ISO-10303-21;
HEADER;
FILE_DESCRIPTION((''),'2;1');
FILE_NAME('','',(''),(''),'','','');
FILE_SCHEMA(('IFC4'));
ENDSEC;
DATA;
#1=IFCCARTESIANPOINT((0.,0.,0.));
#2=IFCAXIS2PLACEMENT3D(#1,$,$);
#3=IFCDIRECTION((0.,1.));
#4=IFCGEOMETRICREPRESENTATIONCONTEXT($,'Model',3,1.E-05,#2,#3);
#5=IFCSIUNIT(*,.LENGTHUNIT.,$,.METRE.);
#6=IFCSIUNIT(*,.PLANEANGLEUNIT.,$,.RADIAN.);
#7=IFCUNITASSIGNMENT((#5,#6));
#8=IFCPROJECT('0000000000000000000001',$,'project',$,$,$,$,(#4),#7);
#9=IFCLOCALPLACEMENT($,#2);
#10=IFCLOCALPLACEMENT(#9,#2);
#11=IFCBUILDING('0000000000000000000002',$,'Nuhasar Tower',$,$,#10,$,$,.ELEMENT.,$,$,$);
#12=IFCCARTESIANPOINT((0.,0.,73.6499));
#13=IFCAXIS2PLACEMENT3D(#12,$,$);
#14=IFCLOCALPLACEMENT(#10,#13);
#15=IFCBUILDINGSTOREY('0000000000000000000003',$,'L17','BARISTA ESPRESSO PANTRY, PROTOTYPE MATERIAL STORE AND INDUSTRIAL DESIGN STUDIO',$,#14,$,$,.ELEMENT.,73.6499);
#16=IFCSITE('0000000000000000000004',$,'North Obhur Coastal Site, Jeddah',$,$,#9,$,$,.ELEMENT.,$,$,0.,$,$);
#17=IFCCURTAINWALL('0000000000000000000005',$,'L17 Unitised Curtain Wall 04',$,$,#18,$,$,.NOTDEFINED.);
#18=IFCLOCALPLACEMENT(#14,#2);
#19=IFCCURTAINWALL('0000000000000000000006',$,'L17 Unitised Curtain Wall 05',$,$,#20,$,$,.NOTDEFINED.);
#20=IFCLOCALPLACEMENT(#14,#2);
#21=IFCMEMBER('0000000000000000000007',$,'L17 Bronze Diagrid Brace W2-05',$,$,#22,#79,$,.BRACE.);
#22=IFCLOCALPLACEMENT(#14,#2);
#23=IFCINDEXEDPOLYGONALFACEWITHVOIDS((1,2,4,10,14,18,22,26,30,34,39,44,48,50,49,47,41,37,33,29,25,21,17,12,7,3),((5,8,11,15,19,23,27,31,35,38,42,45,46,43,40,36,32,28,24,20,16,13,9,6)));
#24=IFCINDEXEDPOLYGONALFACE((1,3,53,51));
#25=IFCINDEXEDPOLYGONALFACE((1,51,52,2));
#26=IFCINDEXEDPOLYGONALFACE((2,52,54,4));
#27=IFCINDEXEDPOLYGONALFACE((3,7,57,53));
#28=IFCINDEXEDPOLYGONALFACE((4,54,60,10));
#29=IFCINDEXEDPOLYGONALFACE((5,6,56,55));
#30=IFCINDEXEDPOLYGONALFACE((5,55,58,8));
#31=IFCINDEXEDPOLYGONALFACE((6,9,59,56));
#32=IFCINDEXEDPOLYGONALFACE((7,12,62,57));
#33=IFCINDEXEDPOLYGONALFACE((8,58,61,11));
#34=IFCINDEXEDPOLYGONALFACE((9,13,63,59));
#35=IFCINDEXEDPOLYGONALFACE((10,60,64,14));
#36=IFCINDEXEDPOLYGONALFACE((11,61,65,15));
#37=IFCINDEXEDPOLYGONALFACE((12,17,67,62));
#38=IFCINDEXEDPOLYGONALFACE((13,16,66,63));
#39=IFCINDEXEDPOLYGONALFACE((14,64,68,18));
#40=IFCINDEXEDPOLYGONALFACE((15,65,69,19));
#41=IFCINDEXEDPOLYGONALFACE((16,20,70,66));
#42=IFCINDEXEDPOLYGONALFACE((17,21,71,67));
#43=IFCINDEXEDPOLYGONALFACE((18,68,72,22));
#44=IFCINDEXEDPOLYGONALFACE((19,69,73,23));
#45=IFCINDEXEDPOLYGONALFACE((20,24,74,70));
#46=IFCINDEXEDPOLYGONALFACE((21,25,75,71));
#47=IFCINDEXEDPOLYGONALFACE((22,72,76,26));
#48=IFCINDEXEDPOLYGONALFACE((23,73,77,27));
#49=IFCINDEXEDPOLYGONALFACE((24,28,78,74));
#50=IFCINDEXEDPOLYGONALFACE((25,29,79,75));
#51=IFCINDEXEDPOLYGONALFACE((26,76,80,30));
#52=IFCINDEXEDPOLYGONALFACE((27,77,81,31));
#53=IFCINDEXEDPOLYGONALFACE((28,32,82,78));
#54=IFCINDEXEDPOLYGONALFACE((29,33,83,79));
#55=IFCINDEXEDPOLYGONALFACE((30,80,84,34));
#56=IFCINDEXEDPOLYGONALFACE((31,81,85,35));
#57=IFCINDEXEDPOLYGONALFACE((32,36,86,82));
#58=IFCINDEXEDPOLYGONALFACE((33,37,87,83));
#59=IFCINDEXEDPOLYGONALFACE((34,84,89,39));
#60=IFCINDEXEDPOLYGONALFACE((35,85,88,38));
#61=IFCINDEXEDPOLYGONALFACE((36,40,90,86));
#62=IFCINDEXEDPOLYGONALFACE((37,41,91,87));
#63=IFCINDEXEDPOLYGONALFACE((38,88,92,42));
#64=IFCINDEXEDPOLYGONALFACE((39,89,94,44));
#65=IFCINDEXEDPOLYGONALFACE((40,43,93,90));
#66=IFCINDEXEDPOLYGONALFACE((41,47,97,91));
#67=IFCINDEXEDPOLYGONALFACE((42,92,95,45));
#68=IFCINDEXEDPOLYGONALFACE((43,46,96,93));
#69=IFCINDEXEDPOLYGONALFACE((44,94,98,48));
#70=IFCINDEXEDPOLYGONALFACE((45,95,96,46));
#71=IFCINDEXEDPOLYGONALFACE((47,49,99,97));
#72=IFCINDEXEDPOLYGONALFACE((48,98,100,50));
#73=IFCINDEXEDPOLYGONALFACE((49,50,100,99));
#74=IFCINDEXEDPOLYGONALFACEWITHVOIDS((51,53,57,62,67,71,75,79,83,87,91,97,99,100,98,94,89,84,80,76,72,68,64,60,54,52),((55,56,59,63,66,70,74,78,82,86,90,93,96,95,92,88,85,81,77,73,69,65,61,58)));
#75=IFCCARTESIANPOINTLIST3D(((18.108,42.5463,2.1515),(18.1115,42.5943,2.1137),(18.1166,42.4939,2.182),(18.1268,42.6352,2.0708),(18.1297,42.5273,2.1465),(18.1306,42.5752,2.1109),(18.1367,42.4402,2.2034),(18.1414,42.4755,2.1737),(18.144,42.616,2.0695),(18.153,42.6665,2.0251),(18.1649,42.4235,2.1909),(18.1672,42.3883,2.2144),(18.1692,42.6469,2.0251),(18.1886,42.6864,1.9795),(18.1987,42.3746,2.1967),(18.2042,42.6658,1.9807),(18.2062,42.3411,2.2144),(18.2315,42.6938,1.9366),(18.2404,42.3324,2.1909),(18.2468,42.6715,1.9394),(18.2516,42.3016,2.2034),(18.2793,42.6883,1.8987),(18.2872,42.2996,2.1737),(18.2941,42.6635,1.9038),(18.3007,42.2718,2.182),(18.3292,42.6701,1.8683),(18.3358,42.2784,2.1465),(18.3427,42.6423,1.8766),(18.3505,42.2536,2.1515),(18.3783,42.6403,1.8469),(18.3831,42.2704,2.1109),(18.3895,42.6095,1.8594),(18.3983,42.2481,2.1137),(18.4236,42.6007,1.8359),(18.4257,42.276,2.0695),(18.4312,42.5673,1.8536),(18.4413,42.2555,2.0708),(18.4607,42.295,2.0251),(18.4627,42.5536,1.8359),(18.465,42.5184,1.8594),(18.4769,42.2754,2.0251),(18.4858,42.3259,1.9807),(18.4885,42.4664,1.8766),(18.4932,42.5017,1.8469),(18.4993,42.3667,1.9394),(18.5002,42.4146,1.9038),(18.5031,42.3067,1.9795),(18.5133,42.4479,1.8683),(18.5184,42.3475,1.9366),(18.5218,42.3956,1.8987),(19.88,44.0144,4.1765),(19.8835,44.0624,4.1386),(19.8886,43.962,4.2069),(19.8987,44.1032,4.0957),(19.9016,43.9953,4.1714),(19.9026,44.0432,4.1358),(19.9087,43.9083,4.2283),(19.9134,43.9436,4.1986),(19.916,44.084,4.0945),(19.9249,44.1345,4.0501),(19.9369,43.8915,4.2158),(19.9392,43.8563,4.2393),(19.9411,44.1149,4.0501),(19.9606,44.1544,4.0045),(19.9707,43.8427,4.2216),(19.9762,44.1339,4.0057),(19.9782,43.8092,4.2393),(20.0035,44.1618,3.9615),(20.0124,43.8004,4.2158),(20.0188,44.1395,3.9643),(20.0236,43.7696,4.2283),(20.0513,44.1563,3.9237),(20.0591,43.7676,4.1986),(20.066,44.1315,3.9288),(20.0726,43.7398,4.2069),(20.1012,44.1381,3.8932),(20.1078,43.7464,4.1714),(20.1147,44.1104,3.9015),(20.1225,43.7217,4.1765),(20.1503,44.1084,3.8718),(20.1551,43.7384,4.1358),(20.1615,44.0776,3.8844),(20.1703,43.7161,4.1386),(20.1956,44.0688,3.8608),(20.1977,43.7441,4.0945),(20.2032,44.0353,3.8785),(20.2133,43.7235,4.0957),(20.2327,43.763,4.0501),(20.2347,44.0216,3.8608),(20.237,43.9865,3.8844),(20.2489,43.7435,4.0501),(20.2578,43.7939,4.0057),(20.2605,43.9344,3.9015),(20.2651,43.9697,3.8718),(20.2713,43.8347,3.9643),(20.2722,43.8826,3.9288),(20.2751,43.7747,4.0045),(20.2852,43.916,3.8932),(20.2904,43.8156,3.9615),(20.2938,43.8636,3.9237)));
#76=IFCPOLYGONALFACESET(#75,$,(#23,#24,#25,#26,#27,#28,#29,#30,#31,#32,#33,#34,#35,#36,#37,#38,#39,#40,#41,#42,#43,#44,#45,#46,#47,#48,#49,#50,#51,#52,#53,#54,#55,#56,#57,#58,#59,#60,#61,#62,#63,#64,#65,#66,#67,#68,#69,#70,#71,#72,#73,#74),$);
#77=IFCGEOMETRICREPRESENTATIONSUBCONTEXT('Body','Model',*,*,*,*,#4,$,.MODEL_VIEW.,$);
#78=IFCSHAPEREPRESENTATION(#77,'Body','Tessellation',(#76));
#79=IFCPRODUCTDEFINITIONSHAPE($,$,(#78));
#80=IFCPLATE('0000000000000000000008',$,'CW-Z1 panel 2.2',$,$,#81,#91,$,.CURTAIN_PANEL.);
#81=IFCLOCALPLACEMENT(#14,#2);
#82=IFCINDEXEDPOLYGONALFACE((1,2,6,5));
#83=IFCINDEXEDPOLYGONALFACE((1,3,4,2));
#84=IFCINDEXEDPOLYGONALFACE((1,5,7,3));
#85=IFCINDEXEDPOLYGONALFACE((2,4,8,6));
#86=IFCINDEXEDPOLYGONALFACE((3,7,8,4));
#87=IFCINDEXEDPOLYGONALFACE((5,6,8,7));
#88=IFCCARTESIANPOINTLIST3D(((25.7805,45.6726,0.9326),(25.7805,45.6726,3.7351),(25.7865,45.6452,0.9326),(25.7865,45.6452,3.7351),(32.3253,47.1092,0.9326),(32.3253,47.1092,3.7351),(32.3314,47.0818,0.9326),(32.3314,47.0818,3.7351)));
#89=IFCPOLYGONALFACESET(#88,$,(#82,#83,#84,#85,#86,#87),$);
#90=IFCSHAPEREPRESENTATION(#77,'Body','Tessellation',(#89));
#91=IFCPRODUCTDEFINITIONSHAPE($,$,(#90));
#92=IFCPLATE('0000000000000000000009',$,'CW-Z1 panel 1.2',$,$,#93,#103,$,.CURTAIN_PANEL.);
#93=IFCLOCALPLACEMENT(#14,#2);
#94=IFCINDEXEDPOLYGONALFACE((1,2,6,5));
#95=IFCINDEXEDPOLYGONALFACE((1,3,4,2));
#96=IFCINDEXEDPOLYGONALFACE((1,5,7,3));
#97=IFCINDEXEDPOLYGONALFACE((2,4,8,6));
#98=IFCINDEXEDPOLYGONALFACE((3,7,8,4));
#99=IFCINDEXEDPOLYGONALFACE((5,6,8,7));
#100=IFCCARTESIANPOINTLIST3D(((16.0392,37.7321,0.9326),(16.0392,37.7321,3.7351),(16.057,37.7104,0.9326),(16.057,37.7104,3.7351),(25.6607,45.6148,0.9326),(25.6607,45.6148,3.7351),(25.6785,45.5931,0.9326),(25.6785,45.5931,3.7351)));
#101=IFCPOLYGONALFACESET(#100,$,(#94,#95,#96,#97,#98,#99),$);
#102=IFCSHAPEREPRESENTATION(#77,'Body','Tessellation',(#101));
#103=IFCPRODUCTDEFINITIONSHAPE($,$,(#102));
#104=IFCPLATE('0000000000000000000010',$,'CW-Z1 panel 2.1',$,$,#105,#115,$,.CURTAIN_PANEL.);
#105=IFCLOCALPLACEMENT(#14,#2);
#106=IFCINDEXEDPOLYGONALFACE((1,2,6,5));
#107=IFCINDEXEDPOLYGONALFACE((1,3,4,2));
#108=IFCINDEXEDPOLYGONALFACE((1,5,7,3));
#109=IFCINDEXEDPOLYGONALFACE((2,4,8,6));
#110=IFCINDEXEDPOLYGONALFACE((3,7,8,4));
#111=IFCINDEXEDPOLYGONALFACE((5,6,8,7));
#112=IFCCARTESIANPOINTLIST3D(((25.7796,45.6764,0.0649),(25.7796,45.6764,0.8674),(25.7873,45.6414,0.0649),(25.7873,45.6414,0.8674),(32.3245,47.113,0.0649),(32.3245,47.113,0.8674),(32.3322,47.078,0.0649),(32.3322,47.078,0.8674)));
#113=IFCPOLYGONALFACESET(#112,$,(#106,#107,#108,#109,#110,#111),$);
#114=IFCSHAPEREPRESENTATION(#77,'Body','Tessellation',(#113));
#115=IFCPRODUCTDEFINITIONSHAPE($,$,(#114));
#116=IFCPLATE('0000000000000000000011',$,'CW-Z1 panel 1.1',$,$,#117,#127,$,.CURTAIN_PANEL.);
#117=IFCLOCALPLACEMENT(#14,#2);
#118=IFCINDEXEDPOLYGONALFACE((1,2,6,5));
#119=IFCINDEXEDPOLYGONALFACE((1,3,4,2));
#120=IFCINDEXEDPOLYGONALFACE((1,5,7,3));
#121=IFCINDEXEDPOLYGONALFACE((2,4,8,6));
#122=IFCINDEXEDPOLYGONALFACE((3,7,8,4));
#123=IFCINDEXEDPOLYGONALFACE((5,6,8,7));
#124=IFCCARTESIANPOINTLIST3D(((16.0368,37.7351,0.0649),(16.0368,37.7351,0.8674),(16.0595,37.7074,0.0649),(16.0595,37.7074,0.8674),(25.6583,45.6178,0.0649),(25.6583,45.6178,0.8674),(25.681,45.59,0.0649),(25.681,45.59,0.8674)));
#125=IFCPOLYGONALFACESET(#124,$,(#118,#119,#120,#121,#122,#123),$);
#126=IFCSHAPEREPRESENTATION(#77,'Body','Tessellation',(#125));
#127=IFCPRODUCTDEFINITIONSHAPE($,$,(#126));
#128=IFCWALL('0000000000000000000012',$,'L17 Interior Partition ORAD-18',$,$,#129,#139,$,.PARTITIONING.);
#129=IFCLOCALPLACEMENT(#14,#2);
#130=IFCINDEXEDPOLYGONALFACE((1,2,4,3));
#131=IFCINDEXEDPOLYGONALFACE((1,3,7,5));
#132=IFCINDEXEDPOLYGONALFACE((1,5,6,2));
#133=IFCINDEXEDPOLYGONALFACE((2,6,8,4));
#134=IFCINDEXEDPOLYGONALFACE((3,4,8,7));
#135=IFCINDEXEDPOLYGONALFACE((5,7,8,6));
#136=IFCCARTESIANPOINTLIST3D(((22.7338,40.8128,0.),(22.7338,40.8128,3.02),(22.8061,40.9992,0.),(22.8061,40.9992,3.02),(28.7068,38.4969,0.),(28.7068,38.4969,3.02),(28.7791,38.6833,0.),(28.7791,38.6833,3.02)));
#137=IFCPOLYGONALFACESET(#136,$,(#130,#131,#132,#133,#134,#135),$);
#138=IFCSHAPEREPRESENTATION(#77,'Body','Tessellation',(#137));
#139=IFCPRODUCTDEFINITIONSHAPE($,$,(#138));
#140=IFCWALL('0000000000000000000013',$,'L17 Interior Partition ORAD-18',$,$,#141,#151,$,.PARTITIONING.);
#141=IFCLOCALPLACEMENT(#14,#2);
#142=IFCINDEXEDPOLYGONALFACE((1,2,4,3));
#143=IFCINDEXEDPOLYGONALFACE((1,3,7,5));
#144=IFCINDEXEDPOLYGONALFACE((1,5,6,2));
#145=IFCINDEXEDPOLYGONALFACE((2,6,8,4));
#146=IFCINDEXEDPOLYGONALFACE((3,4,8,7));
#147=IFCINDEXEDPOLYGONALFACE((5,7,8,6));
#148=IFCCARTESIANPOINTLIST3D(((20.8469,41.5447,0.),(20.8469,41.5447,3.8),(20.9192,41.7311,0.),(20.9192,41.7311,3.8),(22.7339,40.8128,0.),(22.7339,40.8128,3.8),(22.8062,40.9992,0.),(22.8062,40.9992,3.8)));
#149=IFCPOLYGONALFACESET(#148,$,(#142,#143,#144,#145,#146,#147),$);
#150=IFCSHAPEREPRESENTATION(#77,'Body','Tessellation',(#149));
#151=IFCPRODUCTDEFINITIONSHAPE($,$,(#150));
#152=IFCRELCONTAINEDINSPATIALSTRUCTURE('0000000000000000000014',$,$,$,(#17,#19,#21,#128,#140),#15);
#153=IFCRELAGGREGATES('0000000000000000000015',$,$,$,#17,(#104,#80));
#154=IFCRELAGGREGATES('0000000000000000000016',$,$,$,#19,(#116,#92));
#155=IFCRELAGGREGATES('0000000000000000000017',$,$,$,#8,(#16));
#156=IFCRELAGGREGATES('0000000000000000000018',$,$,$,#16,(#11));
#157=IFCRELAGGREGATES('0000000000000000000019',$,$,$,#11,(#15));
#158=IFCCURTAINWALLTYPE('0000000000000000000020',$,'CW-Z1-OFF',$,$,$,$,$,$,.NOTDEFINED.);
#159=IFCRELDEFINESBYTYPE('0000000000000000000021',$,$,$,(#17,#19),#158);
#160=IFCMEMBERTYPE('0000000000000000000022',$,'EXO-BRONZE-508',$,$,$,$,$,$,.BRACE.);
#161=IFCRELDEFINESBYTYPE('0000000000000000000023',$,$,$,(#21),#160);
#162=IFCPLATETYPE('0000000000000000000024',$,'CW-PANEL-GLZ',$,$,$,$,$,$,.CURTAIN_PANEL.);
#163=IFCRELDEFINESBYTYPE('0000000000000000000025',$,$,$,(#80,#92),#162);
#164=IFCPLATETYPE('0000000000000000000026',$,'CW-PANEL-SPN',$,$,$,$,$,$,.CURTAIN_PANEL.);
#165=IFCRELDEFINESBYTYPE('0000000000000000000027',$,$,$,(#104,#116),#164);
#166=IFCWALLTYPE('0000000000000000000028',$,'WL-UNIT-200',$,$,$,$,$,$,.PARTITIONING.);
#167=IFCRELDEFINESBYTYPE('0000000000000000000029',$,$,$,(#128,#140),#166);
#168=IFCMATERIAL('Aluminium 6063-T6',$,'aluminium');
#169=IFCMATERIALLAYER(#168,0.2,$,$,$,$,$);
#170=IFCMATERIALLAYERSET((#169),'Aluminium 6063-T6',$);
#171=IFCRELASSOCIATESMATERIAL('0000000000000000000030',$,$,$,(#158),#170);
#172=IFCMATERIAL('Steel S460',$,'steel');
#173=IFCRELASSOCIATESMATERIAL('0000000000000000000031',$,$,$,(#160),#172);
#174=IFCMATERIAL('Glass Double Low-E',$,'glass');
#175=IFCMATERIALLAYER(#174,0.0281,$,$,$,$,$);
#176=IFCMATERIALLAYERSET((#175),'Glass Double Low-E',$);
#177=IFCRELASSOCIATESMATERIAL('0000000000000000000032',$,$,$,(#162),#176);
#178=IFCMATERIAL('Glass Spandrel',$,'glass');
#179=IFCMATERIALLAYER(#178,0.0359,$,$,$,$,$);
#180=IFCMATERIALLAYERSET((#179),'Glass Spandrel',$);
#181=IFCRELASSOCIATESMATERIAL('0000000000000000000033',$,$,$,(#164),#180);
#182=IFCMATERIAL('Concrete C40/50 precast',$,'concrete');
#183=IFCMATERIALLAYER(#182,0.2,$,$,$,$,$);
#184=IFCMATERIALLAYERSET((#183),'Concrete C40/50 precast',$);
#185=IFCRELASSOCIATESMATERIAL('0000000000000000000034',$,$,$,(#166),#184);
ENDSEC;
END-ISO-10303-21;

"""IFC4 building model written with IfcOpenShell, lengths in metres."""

from ifc_helpers import new_model, si_unit, direction, frame, frame_2d, origin, origin_2d, place, context, subcontext, project, spatial, rectangle, hollow_circle, extrude, material, layer, layer_set, material_profile, profile_set, type_object, element, aggregate, save


model = new_model("IFC4")

# Units and contexts
model_context = context("Model", 3, precision=1e-05, world=origin(), true_north=direction((0.0, 1.0)))
body_context = subcontext(model_context, "Body", "Model", "MODEL_VIEW")
ifc_project = project(units=[si_unit("LENGTHUNIT", "METRE"), si_unit("PLANEANGLEUNIT", "RADIAN")], contexts=[model_context])

# Site, building, storey
site_placement = place(None, origin())
site = spatial("IfcSite", under=ifc_project, at=site_placement, Name="North Obhur Coastal Site, Jeddah", CompositionType="ELEMENT", RefElevation=0.0)
building_placement = place(site_placement, origin())
building = spatial("IfcBuilding", under=site, at=building_placement, Name="Nuhasar Tower", CompositionType="ELEMENT")
storey_placement = place(building_placement, frame((0.0, 0.0, 73.6499)))
storey = spatial("IfcBuildingStorey", under=building, at=storey_placement, Name="L17", Description="BARISTA ESPRESSO PANTRY, PROTOTYPE MATERIAL STORE AND INDUSTRIAL DESIGN STUDIO", CompositionType="ELEMENT", Elevation=73.6499)

# Curtain wall
ifc_material_1 = material(Name="Aluminium 6063-T6", Category="aluminium")
ifc_layer_1 = layer(ifc_material_1, 0.2)
ifc_layer_set_1 = layer_set([ifc_layer_1], Name="Aluminium 6063-T6")
curtain_wall_type = type_object("IfcCurtainWallType", Name="CW-Z1-OFF", PredefinedType="NOTDEFINED", material=ifc_layer_set_1)
curtain_wall_1_placement = place(storey_placement, origin())
curtain_wall_1 = element("IfcCurtainWall", 1, at=curtain_wall_1_placement, inside=storey, type_object=curtain_wall_type, Name="L17 Unitised Curtain Wall 04", PredefinedType="NOTDEFINED")

# Curtain wall
curtain_wall_2_placement = place(storey_placement, origin())
curtain_wall_2 = element("IfcCurtainWall", 2, at=curtain_wall_2_placement, inside=storey, type_object=curtain_wall_type, Name="L17 Unitised Curtain Wall 05", PredefinedType="NOTDEFINED")

# Member
ifc_material_2 = material(Name="Steel S460", Category="steel")
ifc_material_profile_1 = material_profile(ifc_material_2, hollow_circle(Radius=0.2539, WallThickness=0.0254, at=origin_2d()), Name="HSS508X25.4")
ifc_profile_set_1 = profile_set([ifc_material_profile_1], Name="Steel S460")
member_type_1 = type_object("IfcMemberType", Name="EXO-BRONZE-508", PredefinedType="BRACE", material=ifc_profile_set_1)
member_1_placement = place(storey_placement, frame((18.3149, 42.4709, 2.0251), z_axis=(0.578102, 0.478937, 0.660619), x_axis=(-0.637969, 0.770062, 0.0)))
element("IfcMember", 3, at=member_1_placement, inside=storey, type_object=member_type_1, Name="L17 Bronze Diagrid Brace W2-05", PredefinedType="BRACE", context=body_context, shape_type="SweptSolid", body=[
    extrude(hollow_circle(Radius=0.2539, WallThickness=0.0254, at=origin_2d()), origin(), (0.0, 0.0, 1.0), 3.0652),
])

# Plates
ifc_material_3 = material(Name="Glass Double Low-E", Category="glass")
ifc_layer_2 = layer(ifc_material_3, 0.0281)
ifc_layer_set_2 = layer_set([ifc_layer_2], Name="Glass Double Low-E")
plate_type_1 = type_object("IfcPlateType", Name="CW-PANEL-GLZ", PredefinedType="CURTAIN_PANEL", material=ifc_layer_set_2)
plate_1_placement = place(storey_placement, frame((29.0559, 46.3772, 0.9326), z_axis=(0.0, 0.0, 1.0), x_axis=(-0.976746, -0.214399, 0.0)))
plate_1 = element("IfcPlate", 4, at=plate_1_placement, type_object=plate_type_1, Name="CW-Z1 panel 2.2", PredefinedType="CURTAIN_PANEL", context=body_context, shape_type="SweptSolid", body=[
    extrude(rectangle(XDim=6.7007, YDim=0.0281, at=origin_2d()), origin(), (0.0, 0.0, 1.0), 2.8025),
])
plate_2_placement = place(storey_placement, frame((20.8589, 41.6626, 0.9326), z_axis=(0.0, 0.0, 1.0), x_axis=(-0.773542, -0.633745, 0.0)))
plate_2 = element("IfcPlate", 5, at=plate_2_placement, type_object=plate_type_1, Name="CW-Z1 panel 1.2", PredefinedType="CURTAIN_PANEL", context=body_context, shape_type="SweptSolid", body=[
    extrude(rectangle(XDim=12.4382, YDim=0.0281, at=origin_2d()), origin(), (0.0, 0.0, 1.0), 2.8025),
])
ifc_material_4 = material(Name="Glass Spandrel", Category="glass")
ifc_layer_3 = layer(ifc_material_4, 0.0359)
ifc_layer_set_3 = layer_set([ifc_layer_3], Name="Glass Spandrel")
plate_type_2 = type_object("IfcPlateType", Name="CW-PANEL-SPN", PredefinedType="CURTAIN_PANEL", material=ifc_layer_set_3)
plate_3_placement = place(storey_placement, frame((29.0559, 46.3772, 0.0649), z_axis=(0.0, 0.0, 1.0), x_axis=(-0.976746, -0.214399, 0.0)))
plate_3 = element("IfcPlate", 6, at=plate_3_placement, type_object=plate_type_2, Name="CW-Z1 panel 2.1", PredefinedType="CURTAIN_PANEL", context=body_context, shape_type="SweptSolid", body=[
    extrude(rectangle(XDim=6.7007, YDim=0.0359, at=origin_2d()), origin(), (0.0, 0.0, 1.0), 0.8025),
])
aggregate(curtain_wall_1, [plate_3, plate_1])
plate_4_placement = place(storey_placement, frame((20.8589, 41.6626, 0.0649), z_axis=(0.0, 0.0, 1.0), x_axis=(-0.773542, -0.633745, 0.0)))
plate_4 = element("IfcPlate", 7, at=plate_4_placement, type_object=plate_type_2, Name="CW-Z1 panel 1.1", PredefinedType="CURTAIN_PANEL", context=body_context, shape_type="SweptSolid", body=[
    extrude(rectangle(XDim=12.4382, YDim=0.0359, at=origin_2d()), origin(), (0.0, 0.0, 1.0), 0.8025),
])
aggregate(curtain_wall_2, [plate_4, plate_2])

# Walls
ifc_material_5 = material(Name="Concrete C40/50 precast", Category="concrete")
ifc_layer_4 = layer(ifc_material_5, 0.2)
ifc_layer_set_4 = layer_set([ifc_layer_4], Name="Concrete C40/50 precast")
wall_type = type_object("IfcWallType", Name="WL-UNIT-200", PredefinedType="PARTITIONING", material=ifc_layer_set_4)
wall_1_placement = place(storey_placement, frame((28.7429, 38.5901, 0.0), z_axis=(0.0, 0.0, 1.0), x_axis=(-0.932367, 0.361514, 0.0)))
element("IfcWall", 8, at=wall_1_placement, inside=storey, type_object=wall_type, Name="L17 Interior Partition ORAD-18", PredefinedType="PARTITIONING", context=body_context, shape_type="SweptSolid", body=[
    extrude(rectangle(XDim=6.4062, YDim=0.2, at=frame_2d((3.2031, 0.0))), origin(), (0.0, 0.0, 1.0), 3.02),
])
wall_2_placement = place(storey_placement, frame((22.77, 40.906, 0.0), z_axis=(0.0, 0.0, 1.0), x_axis=(-0.932319, 0.361637, 0.0)))
element("IfcWall", 9, at=wall_2_placement, inside=storey, type_object=wall_type, Name="L17 Interior Partition ORAD-18", PredefinedType="PARTITIONING", context=body_context, shape_type="SweptSolid", body=[
    extrude(rectangle(XDim=2.0239, YDim=0.2, at=frame_2d((1.012, 0.0))), origin(), (0.0, 0.0, 1.0), 3.8),
])

save(model, "model.ifc")
